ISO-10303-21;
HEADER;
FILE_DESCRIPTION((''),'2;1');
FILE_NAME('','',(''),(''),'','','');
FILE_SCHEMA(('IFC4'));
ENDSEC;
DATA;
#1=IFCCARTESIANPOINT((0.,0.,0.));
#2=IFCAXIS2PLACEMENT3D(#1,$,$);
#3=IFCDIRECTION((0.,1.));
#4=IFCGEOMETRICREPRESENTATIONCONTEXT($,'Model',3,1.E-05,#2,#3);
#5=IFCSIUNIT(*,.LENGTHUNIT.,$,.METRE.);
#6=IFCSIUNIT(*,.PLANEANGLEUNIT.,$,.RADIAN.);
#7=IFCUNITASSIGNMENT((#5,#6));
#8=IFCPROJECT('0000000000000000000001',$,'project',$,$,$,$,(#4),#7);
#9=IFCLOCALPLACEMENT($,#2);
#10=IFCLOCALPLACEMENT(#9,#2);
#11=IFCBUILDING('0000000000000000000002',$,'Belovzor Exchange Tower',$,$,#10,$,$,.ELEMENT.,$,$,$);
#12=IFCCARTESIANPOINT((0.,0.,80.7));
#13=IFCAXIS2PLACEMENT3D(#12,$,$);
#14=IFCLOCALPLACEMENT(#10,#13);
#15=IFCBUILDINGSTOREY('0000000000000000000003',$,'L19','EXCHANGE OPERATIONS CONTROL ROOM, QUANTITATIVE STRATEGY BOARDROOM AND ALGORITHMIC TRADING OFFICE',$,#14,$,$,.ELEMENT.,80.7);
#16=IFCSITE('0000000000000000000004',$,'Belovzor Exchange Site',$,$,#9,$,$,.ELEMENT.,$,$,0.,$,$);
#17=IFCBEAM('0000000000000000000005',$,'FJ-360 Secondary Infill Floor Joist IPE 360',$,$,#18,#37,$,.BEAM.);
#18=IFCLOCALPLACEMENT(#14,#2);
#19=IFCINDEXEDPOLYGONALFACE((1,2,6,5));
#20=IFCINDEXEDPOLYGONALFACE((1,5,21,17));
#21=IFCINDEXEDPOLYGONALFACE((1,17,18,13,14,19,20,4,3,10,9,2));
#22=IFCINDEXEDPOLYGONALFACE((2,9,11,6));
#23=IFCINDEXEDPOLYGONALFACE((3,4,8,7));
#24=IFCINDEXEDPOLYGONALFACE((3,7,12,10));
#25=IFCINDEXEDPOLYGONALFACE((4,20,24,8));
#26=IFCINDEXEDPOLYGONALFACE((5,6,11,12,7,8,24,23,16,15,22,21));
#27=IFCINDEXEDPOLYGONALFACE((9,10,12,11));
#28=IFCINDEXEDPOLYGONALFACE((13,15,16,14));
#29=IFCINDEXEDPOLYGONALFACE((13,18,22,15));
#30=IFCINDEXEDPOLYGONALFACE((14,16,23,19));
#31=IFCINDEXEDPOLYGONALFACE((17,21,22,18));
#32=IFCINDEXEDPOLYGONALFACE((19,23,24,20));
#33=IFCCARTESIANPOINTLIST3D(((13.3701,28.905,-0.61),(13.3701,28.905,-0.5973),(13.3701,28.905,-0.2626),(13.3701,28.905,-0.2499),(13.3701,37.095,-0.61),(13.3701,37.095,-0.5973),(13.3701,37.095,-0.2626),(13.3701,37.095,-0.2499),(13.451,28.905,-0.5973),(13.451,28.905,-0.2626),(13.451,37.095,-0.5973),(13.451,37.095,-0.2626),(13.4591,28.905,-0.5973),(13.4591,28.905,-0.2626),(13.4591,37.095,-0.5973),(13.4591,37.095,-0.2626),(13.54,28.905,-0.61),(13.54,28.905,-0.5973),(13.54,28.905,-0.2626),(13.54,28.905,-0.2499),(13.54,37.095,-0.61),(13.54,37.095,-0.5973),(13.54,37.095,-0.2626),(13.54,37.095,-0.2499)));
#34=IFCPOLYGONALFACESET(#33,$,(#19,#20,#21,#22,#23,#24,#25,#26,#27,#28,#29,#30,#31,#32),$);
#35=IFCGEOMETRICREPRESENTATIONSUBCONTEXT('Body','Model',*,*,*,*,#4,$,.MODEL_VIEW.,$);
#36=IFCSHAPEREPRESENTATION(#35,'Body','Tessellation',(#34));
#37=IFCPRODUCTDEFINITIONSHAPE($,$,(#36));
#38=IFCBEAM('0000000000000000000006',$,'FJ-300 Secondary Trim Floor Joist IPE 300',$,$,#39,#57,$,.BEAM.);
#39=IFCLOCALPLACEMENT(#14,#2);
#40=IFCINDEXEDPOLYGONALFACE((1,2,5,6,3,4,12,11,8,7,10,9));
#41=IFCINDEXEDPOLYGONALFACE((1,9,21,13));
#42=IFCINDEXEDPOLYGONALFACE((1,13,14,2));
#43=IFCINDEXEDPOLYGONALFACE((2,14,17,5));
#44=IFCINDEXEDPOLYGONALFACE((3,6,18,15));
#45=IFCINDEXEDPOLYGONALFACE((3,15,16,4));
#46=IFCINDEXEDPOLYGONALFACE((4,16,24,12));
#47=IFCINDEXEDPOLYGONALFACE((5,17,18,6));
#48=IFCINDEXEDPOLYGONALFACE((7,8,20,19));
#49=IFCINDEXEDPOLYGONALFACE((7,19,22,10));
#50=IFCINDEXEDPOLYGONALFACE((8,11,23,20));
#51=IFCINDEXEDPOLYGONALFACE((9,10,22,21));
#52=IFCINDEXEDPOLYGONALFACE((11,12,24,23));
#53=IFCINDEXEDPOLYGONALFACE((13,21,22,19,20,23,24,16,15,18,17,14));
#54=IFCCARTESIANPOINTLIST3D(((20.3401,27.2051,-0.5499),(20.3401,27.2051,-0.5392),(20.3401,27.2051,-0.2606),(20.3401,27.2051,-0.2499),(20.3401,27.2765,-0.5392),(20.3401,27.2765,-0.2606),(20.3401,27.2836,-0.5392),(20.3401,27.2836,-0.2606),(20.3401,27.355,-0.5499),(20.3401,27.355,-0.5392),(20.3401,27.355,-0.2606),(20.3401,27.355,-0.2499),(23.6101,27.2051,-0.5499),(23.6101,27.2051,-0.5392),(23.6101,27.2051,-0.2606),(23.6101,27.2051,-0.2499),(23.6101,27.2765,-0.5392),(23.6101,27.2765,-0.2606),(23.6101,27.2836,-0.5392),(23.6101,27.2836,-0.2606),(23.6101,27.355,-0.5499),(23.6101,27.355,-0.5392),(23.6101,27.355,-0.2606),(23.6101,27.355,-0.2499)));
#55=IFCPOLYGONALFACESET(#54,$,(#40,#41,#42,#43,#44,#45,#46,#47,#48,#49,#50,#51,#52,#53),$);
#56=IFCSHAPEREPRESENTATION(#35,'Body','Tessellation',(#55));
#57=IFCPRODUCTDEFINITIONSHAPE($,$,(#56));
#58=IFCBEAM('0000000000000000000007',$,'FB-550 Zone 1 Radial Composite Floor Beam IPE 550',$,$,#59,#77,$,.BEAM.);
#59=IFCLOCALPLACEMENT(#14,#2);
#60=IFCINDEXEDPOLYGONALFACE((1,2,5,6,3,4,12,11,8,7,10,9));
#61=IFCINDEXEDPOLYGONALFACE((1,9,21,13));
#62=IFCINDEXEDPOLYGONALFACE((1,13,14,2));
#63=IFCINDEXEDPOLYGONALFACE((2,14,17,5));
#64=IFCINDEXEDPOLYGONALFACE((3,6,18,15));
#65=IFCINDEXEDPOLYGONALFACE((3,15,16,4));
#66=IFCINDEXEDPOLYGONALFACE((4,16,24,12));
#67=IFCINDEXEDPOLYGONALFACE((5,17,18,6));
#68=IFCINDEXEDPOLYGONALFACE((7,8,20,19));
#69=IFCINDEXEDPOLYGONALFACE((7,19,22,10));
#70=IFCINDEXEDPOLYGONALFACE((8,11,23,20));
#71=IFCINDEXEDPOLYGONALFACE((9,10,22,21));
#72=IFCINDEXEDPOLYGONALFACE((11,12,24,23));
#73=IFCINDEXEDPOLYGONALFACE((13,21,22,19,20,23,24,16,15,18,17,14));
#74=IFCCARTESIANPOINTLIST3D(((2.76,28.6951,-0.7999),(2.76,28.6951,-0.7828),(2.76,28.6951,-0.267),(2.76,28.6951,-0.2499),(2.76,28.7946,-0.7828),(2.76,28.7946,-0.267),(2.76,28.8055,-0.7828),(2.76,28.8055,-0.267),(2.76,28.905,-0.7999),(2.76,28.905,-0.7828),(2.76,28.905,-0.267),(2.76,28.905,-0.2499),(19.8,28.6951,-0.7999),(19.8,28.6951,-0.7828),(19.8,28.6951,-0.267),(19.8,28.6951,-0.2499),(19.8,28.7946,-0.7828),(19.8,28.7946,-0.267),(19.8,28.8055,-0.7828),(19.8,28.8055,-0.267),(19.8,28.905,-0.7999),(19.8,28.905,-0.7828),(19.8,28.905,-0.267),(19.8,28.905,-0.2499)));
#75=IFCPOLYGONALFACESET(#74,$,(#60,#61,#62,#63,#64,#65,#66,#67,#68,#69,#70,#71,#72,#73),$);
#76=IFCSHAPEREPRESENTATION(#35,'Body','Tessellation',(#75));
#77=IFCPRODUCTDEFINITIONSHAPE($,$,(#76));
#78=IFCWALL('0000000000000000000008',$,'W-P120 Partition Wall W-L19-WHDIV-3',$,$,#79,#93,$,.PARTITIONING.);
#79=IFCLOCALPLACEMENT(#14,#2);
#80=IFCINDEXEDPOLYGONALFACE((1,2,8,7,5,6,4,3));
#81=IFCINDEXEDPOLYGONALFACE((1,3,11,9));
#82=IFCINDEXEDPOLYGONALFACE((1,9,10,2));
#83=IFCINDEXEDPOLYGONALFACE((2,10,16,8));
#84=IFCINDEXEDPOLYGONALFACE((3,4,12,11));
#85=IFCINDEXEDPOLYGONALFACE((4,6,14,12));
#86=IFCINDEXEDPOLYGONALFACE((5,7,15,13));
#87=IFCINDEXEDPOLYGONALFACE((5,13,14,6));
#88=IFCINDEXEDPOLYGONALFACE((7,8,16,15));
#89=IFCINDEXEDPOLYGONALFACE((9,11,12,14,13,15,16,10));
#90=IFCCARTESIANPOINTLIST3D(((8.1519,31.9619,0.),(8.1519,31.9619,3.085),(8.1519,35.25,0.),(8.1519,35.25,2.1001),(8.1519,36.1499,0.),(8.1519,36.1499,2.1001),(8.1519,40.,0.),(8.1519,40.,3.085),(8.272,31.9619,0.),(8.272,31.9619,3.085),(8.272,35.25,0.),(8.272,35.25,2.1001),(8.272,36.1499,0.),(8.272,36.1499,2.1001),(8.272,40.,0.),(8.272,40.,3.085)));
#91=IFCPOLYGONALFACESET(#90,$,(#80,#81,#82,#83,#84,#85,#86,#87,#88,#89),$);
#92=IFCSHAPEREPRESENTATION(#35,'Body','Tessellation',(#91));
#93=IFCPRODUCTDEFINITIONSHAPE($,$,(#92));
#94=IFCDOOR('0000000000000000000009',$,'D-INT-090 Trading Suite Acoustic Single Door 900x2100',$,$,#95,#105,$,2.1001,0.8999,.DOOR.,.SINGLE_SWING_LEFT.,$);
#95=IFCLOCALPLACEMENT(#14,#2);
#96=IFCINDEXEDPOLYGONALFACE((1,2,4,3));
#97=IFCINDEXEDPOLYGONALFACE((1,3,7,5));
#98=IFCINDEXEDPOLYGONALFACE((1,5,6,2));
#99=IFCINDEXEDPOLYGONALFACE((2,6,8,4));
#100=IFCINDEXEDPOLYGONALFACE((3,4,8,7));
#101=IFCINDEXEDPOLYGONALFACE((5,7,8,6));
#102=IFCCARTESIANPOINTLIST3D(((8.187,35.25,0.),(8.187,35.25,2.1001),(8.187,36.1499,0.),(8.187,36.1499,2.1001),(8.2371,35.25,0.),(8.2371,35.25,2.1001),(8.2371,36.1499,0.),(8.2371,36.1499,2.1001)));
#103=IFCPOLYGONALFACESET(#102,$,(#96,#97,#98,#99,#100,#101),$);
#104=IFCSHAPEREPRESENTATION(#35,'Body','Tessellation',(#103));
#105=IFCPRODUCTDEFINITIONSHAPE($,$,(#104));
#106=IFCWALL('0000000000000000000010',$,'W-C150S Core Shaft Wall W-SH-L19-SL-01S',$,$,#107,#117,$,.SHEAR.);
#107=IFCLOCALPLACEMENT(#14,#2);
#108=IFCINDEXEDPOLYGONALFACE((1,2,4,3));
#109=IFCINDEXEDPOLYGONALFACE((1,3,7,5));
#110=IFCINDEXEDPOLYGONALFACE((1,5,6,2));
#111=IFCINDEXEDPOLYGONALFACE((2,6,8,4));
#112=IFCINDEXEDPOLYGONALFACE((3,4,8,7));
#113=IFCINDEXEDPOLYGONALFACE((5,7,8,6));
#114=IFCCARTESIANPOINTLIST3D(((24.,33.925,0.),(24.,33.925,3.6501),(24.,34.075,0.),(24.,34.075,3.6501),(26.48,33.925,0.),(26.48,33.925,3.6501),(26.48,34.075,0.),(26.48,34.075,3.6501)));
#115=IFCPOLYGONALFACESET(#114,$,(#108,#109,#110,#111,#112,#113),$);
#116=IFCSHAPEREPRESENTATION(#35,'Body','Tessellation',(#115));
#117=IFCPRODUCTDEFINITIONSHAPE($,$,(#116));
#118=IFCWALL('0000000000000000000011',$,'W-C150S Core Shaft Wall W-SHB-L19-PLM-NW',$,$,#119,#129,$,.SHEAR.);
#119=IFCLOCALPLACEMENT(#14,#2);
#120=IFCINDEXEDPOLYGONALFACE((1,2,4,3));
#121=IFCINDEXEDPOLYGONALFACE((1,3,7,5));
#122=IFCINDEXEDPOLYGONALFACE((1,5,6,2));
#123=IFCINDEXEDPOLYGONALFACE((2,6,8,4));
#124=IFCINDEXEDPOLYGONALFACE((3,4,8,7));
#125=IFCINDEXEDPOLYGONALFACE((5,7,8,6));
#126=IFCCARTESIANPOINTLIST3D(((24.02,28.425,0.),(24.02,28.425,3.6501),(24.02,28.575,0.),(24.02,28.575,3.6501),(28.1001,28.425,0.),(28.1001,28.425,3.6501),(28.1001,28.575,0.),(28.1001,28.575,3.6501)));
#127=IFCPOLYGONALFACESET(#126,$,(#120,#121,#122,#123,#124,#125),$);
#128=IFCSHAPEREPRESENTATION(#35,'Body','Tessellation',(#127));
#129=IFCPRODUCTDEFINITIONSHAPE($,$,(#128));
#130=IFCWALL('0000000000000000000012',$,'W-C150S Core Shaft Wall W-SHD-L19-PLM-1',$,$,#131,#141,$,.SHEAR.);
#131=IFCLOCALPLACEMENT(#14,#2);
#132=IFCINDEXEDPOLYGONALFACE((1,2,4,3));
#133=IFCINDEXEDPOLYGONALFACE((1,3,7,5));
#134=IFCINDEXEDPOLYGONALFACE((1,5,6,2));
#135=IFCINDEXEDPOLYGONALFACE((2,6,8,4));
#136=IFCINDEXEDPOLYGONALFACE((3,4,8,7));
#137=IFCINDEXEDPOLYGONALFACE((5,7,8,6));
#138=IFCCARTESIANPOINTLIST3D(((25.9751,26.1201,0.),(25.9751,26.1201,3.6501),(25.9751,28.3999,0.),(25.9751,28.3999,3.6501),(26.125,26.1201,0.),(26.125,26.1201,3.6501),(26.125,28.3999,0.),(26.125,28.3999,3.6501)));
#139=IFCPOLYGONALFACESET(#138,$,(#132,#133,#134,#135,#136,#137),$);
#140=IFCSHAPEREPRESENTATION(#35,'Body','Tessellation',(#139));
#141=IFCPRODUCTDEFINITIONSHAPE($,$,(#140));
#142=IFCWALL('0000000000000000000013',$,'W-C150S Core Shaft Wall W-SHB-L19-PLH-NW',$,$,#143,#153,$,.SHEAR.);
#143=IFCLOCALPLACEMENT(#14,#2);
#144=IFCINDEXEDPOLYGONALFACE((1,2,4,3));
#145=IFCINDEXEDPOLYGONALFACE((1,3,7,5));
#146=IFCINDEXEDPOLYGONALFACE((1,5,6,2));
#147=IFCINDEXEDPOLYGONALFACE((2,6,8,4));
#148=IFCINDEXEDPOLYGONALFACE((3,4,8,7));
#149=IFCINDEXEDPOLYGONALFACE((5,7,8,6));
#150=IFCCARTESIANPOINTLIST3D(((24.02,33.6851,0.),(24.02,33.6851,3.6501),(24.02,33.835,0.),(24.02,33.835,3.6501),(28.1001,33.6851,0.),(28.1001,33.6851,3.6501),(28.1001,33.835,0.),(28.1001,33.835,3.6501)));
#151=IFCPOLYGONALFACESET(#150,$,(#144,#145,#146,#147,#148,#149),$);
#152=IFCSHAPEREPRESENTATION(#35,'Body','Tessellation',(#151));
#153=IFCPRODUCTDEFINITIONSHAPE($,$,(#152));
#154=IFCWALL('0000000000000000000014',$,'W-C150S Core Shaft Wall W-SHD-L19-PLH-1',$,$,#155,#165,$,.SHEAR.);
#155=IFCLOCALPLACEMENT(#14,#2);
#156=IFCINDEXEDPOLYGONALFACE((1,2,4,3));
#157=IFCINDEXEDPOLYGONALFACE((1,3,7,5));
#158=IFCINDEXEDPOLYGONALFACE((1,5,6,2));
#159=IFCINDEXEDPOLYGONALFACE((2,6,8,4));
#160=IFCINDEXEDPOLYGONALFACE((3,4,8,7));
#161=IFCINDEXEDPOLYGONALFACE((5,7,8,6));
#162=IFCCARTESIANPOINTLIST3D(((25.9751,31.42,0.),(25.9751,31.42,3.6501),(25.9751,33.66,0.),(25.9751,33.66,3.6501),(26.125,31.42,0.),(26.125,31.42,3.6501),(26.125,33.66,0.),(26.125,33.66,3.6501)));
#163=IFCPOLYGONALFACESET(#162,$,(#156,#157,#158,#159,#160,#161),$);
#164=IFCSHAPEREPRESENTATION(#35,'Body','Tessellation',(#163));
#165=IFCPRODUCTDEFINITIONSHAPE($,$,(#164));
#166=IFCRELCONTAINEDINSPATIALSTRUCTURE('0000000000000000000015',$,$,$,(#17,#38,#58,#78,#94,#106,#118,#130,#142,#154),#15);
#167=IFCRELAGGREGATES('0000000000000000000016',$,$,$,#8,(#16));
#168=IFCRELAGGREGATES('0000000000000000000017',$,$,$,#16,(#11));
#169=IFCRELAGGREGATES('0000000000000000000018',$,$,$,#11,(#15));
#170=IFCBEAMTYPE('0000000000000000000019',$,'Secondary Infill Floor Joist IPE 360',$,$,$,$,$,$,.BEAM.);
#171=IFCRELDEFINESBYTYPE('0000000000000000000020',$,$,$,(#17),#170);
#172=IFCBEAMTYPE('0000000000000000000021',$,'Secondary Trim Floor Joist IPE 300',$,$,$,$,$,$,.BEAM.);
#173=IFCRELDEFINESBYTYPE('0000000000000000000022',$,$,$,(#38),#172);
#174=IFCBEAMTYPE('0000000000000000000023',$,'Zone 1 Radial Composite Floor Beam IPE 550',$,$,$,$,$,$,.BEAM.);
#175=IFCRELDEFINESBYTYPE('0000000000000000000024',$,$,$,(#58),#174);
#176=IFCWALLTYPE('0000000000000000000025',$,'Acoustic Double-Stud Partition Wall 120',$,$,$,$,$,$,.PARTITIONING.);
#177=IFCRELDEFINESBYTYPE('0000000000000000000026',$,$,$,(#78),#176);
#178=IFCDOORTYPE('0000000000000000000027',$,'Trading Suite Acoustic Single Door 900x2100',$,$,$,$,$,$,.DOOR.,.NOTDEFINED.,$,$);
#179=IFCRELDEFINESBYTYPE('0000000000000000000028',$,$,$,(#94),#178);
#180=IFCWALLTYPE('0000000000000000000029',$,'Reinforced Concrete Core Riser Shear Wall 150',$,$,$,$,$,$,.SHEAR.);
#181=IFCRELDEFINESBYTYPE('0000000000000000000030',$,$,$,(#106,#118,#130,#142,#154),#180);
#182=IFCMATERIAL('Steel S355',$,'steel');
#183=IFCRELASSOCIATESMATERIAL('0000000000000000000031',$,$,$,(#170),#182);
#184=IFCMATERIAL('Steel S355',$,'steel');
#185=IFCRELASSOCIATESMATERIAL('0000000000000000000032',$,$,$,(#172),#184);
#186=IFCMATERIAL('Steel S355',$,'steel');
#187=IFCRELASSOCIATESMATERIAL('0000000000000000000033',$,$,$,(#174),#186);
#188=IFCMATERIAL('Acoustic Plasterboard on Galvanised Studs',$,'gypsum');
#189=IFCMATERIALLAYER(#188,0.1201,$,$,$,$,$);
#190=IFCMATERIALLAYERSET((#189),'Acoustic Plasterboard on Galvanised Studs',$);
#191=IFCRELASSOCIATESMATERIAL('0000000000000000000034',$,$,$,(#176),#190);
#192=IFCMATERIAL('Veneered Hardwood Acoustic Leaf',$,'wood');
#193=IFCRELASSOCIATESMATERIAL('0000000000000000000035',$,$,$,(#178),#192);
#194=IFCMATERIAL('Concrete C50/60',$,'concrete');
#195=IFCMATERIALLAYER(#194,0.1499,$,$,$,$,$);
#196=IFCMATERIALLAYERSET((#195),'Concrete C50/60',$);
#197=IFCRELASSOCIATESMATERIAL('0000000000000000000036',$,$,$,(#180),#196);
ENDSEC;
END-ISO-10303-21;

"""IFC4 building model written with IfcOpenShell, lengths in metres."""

from ifc_helpers import new_model, si_unit, direction, frame, frame_2d, origin, origin_2d, place, context, subcontext, project, spatial, rectangle, i_section, extrude, material, layer, layer_set, material_profile, profile_set, type_object, element, fill, save


model = new_model("IFC4")

# Units and contexts
model_context = context("Model", 3, precision=1e-05, world=origin(), true_north=direction((0.0, 1.0)))
body_context = subcontext(model_context, "Body", "Model", "MODEL_VIEW")
ifc_project = project(units=[si_unit("LENGTHUNIT", "METRE"), si_unit("PLANEANGLEUNIT", "RADIAN")], contexts=[model_context])

# Site, building, storey
site_placement = place(None, origin())
site = spatial("IfcSite", under=ifc_project, at=site_placement, Name="Belovzor Exchange Site", CompositionType="ELEMENT", RefElevation=0.0)
building_placement = place(site_placement, origin())
building = spatial("IfcBuilding", under=site, at=building_placement, Name="Belovzor Exchange Tower", CompositionType="ELEMENT")
storey_placement = place(building_placement, frame((0.0, 0.0, 80.7)))
storey = spatial("IfcBuildingStorey", under=building, at=storey_placement, Name="L19", Description="EXCHANGE OPERATIONS CONTROL ROOM, QUANTITATIVE STRATEGY BOARDROOM AND ALGORITHMIC TRADING OFFICE", CompositionType="ELEMENT", Elevation=80.7)

# Beams
ifc_material_1 = material(Name="Steel S355", Category="steel")
ifc_material_profile_1 = material_profile(ifc_material_1, i_section(OverallWidth=0.1699, OverallDepth=0.3601, WebThickness=0.0081, FlangeThickness=0.0127, at=origin_2d()))
ifc_profile_set_1 = profile_set([ifc_material_profile_1], Name="Steel S355")
beam_type_1 = type_object("IfcBeamType", Name="Secondary Infill Floor Joist IPE 360", PredefinedType="BEAM", material=ifc_profile_set_1)
beam_1_placement = place(storey_placement, frame((13.4551, 28.905, -0.4299), z_axis=(0.0, 1.0, 0.0), x_axis=(-1.0, 0.0, 0.0)))
element("IfcBeam", 1, at=beam_1_placement, inside=storey, type_object=beam_type_1, Name="FJ-360 Secondary Infill Floor Joist IPE 360", PredefinedType="BEAM", context=body_context, shape_type="SweptSolid", body=[
    extrude(i_section(OverallWidth=0.1699, OverallDepth=0.3601, WebThickness=0.0081, FlangeThickness=0.0127, at=origin_2d()), origin(), (0.0, 0.0, 1.0), 8.1899),
])
ifc_material_2 = material(Name="Steel S355", Category="steel")
ifc_material_profile_2 = material_profile(ifc_material_2, i_section(OverallWidth=0.1499, OverallDepth=0.3, WebThickness=0.0071, FlangeThickness=0.0107, at=origin_2d()))
ifc_profile_set_2 = profile_set([ifc_material_profile_2], Name="Steel S355")
beam_type_2 = type_object("IfcBeamType", Name="Secondary Trim Floor Joist IPE 300", PredefinedType="BEAM", material=ifc_profile_set_2)
beam_2_placement = place(storey_placement, frame((20.3401, 27.28, -0.3999), z_axis=(1.0, 0.0, 0.0), x_axis=(0.0, 1.0, 0.0)))
element("IfcBeam", 2, at=beam_2_placement, inside=storey, type_object=beam_type_2, Name="FJ-300 Secondary Trim Floor Joist IPE 300", PredefinedType="BEAM", context=body_context, shape_type="SweptSolid", body=[
    extrude(i_section(OverallWidth=0.1499, OverallDepth=0.3, WebThickness=0.0071, FlangeThickness=0.0107, at=origin_2d()), origin(), (0.0, 0.0, 1.0), 3.27),
])
ifc_material_3 = material(Name="Steel S355", Category="steel")
ifc_material_profile_3 = material_profile(ifc_material_3, i_section(OverallWidth=0.21, OverallDepth=0.55, WebThickness=0.011, FlangeThickness=0.0171, at=origin_2d()))
ifc_profile_set_3 = profile_set([ifc_material_profile_3], Name="Steel S355")
beam_type_3 = type_object("IfcBeamType", Name="Zone 1 Radial Composite Floor Beam IPE 550", PredefinedType="BEAM", material=ifc_profile_set_3)
beam_3_placement = place(storey_placement, frame((19.8, 28.8, -0.5249), z_axis=(-1.0, 0.0, 0.0), x_axis=(0.0, -1.0, 0.0)))
element("IfcBeam", 3, at=beam_3_placement, inside=storey, type_object=beam_type_3, Name="FB-550 Zone 1 Radial Composite Floor Beam IPE 550", PredefinedType="BEAM", context=body_context, shape_type="SweptSolid", body=[
    extrude(i_section(OverallWidth=0.21, OverallDepth=0.55, WebThickness=0.011, FlangeThickness=0.0171, at=origin_2d()), origin(), (0.0, 0.0, 1.0), 17.04),
])

# Wall, opening, door
ifc_material_4 = material(Name="Acoustic Plasterboard on Galvanised Studs", Category="gypsum")
ifc_layer_1 = layer(ifc_material_4, 0.1201)
ifc_layer_set_1 = layer_set([ifc_layer_1], Name="Acoustic Plasterboard on Galvanised Studs")
wall_type_1 = type_object("IfcWallType", Name="Acoustic Double-Stud Partition Wall 120", PredefinedType="PARTITIONING", material=ifc_layer_set_1)
wall_1_placement = place(storey_placement, frame((8.2119, 31.9619, 0.0), z_axis=(0.0, 0.0, 1.0), x_axis=(0.0, 1.0, 0.0)))
wall_1 = element("IfcWall", 4, at=wall_1_placement, inside=storey, type_object=wall_type_1, Name="W-P120 Partition Wall W-L19-WHDIV-3", PredefinedType="PARTITIONING", context=body_context, shape_type="SweptSolid", body=[
    extrude(rectangle(XDim=8.0381, YDim=0.1201, at=frame_2d((4.019, 0.0))), origin(), (0.0, 0.0, 1.0), 3.085),
])
opening_1_placement = place(wall_1_placement, frame((3.2881, 0.0, 0.0)))
opening_1 = element("IfcOpeningElement", 5, at=opening_1_placement, cuts=wall_1, PredefinedType="OPENING", context=body_context, shape_type="SweptSolid", body=[
    extrude(rectangle(XDim=0.8999, YDim=2.1001, at=frame_2d((0.45, 1.05))), frame((0.0, 0.0701, 0.0), z_axis=(0.0, -1.0, 0.0), x_axis=(1.0, 0.0, 0.0)), (0.0, 0.0, 1.0), 0.1401),
])
ifc_material_5 = material(Name="Veneered Hardwood Acoustic Leaf", Category="wood")
door_type_1 = type_object("IfcDoorType", Name="Trading Suite Acoustic Single Door 900x2100", OperationType="NOTDEFINED", PredefinedType="DOOR", material=ifc_material_5)
door_1_placement = place(opening_1_placement, origin())
door_1 = element("IfcDoor", 6, at=door_1_placement, inside=storey, type_object=door_type_1, Name="D-INT-090 Trading Suite Acoustic Single Door 900x2100", OperationType="SINGLE_SWING_LEFT", OverallHeight=2.1001, OverallWidth=0.8999, PredefinedType="DOOR", context=body_context, shape_type="SweptSolid", body=[
    extrude(rectangle(XDim=0.8999, YDim=2.1001, at=frame_2d((0.45, 1.05))), frame((0.0, 0.0249, 0.0), z_axis=(0.0, -1.0, 0.0), x_axis=(1.0, 0.0, 0.0)), (0.0, 0.0, 1.0), 0.05),
])
fill(opening_1, door_1)

# Walls
ifc_material_6 = material(Name="Concrete C50/60", Category="concrete")
ifc_layer_2 = layer(ifc_material_6, 0.1499)
ifc_layer_set_2 = layer_set([ifc_layer_2], Name="Concrete C50/60")
wall_type_2 = type_object("IfcWallType", Name="Reinforced Concrete Core Riser Shear Wall 150", PredefinedType="SHEAR", material=ifc_layer_set_2)
wall_2_placement = place(storey_placement, frame((24.0, 34.0, 0.0), z_axis=(0.0, 0.0, 1.0), x_axis=(1.0, 0.0, 0.0)))
element("IfcWall", 7, at=wall_2_placement, inside=storey, type_object=wall_type_2, Name="W-C150S Core Shaft Wall W-SH-L19-SL-01S", PredefinedType="SHEAR", context=body_context, shape_type="SweptSolid", body=[
    extrude(rectangle(XDim=2.48, YDim=0.1499, at=frame_2d((1.24, 0.0))), origin(), (0.0, 0.0, 1.0), 3.6501),
])
wall_3_placement = place(storey_placement, frame((24.02, 28.5, 0.0), z_axis=(0.0, 0.0, 1.0), x_axis=(1.0, 0.0, 0.0)))
element("IfcWall", 8, at=wall_3_placement, inside=storey, type_object=wall_type_2, Name="W-C150S Core Shaft Wall W-SHB-L19-PLM-NW", PredefinedType="SHEAR", context=body_context, shape_type="SweptSolid", body=[
    extrude(rectangle(XDim=4.0801, YDim=0.1499, at=frame_2d((2.04, 0.0))), origin(), (0.0, 0.0, 1.0), 3.6501),
])
wall_4_placement = place(storey_placement, frame((26.05, 26.1201, 0.0), z_axis=(0.0, 0.0, 1.0), x_axis=(0.0, 1.0, 0.0)))
element("IfcWall", 9, at=wall_4_placement, inside=storey, type_object=wall_type_2, Name="W-C150S Core Shaft Wall W-SHD-L19-PLM-1", PredefinedType="SHEAR", context=body_context, shape_type="SweptSolid", body=[
    extrude(rectangle(XDim=2.2798, YDim=0.1499, at=frame_2d((1.1399, 0.0))), origin(), (0.0, 0.0, 1.0), 3.6501),
])
wall_5_placement = place(storey_placement, frame((24.02, 33.76, 0.0), z_axis=(0.0, 0.0, 1.0), x_axis=(1.0, 0.0, 0.0)))
element("IfcWall", 10, at=wall_5_placement, inside=storey, type_object=wall_type_2, Name="W-C150S Core Shaft Wall W-SHB-L19-PLH-NW", PredefinedType="SHEAR", context=body_context, shape_type="SweptSolid", body=[
    extrude(rectangle(XDim=4.0801, YDim=0.1499, at=frame_2d((2.04, 0.0))), origin(), (0.0, 0.0, 1.0), 3.6501),
])
wall_6_placement = place(storey_placement, frame((26.05, 31.4199, 0.0), z_axis=(0.0, 0.0, 1.0), x_axis=(0.0, 1.0, 0.0)))
element("IfcWall", 11, at=wall_6_placement, inside=storey, type_object=wall_type_2, Name="W-C150S Core Shaft Wall W-SHD-L19-PLH-1", PredefinedType="SHEAR", context=body_context, shape_type="SweptSolid", body=[
    extrude(rectangle(XDim=2.24, YDim=0.1499, at=frame_2d((1.1201, 0.0))), origin(), (0.0, 0.0, 1.0), 3.6501),
])

save(model, "model.ifc")
